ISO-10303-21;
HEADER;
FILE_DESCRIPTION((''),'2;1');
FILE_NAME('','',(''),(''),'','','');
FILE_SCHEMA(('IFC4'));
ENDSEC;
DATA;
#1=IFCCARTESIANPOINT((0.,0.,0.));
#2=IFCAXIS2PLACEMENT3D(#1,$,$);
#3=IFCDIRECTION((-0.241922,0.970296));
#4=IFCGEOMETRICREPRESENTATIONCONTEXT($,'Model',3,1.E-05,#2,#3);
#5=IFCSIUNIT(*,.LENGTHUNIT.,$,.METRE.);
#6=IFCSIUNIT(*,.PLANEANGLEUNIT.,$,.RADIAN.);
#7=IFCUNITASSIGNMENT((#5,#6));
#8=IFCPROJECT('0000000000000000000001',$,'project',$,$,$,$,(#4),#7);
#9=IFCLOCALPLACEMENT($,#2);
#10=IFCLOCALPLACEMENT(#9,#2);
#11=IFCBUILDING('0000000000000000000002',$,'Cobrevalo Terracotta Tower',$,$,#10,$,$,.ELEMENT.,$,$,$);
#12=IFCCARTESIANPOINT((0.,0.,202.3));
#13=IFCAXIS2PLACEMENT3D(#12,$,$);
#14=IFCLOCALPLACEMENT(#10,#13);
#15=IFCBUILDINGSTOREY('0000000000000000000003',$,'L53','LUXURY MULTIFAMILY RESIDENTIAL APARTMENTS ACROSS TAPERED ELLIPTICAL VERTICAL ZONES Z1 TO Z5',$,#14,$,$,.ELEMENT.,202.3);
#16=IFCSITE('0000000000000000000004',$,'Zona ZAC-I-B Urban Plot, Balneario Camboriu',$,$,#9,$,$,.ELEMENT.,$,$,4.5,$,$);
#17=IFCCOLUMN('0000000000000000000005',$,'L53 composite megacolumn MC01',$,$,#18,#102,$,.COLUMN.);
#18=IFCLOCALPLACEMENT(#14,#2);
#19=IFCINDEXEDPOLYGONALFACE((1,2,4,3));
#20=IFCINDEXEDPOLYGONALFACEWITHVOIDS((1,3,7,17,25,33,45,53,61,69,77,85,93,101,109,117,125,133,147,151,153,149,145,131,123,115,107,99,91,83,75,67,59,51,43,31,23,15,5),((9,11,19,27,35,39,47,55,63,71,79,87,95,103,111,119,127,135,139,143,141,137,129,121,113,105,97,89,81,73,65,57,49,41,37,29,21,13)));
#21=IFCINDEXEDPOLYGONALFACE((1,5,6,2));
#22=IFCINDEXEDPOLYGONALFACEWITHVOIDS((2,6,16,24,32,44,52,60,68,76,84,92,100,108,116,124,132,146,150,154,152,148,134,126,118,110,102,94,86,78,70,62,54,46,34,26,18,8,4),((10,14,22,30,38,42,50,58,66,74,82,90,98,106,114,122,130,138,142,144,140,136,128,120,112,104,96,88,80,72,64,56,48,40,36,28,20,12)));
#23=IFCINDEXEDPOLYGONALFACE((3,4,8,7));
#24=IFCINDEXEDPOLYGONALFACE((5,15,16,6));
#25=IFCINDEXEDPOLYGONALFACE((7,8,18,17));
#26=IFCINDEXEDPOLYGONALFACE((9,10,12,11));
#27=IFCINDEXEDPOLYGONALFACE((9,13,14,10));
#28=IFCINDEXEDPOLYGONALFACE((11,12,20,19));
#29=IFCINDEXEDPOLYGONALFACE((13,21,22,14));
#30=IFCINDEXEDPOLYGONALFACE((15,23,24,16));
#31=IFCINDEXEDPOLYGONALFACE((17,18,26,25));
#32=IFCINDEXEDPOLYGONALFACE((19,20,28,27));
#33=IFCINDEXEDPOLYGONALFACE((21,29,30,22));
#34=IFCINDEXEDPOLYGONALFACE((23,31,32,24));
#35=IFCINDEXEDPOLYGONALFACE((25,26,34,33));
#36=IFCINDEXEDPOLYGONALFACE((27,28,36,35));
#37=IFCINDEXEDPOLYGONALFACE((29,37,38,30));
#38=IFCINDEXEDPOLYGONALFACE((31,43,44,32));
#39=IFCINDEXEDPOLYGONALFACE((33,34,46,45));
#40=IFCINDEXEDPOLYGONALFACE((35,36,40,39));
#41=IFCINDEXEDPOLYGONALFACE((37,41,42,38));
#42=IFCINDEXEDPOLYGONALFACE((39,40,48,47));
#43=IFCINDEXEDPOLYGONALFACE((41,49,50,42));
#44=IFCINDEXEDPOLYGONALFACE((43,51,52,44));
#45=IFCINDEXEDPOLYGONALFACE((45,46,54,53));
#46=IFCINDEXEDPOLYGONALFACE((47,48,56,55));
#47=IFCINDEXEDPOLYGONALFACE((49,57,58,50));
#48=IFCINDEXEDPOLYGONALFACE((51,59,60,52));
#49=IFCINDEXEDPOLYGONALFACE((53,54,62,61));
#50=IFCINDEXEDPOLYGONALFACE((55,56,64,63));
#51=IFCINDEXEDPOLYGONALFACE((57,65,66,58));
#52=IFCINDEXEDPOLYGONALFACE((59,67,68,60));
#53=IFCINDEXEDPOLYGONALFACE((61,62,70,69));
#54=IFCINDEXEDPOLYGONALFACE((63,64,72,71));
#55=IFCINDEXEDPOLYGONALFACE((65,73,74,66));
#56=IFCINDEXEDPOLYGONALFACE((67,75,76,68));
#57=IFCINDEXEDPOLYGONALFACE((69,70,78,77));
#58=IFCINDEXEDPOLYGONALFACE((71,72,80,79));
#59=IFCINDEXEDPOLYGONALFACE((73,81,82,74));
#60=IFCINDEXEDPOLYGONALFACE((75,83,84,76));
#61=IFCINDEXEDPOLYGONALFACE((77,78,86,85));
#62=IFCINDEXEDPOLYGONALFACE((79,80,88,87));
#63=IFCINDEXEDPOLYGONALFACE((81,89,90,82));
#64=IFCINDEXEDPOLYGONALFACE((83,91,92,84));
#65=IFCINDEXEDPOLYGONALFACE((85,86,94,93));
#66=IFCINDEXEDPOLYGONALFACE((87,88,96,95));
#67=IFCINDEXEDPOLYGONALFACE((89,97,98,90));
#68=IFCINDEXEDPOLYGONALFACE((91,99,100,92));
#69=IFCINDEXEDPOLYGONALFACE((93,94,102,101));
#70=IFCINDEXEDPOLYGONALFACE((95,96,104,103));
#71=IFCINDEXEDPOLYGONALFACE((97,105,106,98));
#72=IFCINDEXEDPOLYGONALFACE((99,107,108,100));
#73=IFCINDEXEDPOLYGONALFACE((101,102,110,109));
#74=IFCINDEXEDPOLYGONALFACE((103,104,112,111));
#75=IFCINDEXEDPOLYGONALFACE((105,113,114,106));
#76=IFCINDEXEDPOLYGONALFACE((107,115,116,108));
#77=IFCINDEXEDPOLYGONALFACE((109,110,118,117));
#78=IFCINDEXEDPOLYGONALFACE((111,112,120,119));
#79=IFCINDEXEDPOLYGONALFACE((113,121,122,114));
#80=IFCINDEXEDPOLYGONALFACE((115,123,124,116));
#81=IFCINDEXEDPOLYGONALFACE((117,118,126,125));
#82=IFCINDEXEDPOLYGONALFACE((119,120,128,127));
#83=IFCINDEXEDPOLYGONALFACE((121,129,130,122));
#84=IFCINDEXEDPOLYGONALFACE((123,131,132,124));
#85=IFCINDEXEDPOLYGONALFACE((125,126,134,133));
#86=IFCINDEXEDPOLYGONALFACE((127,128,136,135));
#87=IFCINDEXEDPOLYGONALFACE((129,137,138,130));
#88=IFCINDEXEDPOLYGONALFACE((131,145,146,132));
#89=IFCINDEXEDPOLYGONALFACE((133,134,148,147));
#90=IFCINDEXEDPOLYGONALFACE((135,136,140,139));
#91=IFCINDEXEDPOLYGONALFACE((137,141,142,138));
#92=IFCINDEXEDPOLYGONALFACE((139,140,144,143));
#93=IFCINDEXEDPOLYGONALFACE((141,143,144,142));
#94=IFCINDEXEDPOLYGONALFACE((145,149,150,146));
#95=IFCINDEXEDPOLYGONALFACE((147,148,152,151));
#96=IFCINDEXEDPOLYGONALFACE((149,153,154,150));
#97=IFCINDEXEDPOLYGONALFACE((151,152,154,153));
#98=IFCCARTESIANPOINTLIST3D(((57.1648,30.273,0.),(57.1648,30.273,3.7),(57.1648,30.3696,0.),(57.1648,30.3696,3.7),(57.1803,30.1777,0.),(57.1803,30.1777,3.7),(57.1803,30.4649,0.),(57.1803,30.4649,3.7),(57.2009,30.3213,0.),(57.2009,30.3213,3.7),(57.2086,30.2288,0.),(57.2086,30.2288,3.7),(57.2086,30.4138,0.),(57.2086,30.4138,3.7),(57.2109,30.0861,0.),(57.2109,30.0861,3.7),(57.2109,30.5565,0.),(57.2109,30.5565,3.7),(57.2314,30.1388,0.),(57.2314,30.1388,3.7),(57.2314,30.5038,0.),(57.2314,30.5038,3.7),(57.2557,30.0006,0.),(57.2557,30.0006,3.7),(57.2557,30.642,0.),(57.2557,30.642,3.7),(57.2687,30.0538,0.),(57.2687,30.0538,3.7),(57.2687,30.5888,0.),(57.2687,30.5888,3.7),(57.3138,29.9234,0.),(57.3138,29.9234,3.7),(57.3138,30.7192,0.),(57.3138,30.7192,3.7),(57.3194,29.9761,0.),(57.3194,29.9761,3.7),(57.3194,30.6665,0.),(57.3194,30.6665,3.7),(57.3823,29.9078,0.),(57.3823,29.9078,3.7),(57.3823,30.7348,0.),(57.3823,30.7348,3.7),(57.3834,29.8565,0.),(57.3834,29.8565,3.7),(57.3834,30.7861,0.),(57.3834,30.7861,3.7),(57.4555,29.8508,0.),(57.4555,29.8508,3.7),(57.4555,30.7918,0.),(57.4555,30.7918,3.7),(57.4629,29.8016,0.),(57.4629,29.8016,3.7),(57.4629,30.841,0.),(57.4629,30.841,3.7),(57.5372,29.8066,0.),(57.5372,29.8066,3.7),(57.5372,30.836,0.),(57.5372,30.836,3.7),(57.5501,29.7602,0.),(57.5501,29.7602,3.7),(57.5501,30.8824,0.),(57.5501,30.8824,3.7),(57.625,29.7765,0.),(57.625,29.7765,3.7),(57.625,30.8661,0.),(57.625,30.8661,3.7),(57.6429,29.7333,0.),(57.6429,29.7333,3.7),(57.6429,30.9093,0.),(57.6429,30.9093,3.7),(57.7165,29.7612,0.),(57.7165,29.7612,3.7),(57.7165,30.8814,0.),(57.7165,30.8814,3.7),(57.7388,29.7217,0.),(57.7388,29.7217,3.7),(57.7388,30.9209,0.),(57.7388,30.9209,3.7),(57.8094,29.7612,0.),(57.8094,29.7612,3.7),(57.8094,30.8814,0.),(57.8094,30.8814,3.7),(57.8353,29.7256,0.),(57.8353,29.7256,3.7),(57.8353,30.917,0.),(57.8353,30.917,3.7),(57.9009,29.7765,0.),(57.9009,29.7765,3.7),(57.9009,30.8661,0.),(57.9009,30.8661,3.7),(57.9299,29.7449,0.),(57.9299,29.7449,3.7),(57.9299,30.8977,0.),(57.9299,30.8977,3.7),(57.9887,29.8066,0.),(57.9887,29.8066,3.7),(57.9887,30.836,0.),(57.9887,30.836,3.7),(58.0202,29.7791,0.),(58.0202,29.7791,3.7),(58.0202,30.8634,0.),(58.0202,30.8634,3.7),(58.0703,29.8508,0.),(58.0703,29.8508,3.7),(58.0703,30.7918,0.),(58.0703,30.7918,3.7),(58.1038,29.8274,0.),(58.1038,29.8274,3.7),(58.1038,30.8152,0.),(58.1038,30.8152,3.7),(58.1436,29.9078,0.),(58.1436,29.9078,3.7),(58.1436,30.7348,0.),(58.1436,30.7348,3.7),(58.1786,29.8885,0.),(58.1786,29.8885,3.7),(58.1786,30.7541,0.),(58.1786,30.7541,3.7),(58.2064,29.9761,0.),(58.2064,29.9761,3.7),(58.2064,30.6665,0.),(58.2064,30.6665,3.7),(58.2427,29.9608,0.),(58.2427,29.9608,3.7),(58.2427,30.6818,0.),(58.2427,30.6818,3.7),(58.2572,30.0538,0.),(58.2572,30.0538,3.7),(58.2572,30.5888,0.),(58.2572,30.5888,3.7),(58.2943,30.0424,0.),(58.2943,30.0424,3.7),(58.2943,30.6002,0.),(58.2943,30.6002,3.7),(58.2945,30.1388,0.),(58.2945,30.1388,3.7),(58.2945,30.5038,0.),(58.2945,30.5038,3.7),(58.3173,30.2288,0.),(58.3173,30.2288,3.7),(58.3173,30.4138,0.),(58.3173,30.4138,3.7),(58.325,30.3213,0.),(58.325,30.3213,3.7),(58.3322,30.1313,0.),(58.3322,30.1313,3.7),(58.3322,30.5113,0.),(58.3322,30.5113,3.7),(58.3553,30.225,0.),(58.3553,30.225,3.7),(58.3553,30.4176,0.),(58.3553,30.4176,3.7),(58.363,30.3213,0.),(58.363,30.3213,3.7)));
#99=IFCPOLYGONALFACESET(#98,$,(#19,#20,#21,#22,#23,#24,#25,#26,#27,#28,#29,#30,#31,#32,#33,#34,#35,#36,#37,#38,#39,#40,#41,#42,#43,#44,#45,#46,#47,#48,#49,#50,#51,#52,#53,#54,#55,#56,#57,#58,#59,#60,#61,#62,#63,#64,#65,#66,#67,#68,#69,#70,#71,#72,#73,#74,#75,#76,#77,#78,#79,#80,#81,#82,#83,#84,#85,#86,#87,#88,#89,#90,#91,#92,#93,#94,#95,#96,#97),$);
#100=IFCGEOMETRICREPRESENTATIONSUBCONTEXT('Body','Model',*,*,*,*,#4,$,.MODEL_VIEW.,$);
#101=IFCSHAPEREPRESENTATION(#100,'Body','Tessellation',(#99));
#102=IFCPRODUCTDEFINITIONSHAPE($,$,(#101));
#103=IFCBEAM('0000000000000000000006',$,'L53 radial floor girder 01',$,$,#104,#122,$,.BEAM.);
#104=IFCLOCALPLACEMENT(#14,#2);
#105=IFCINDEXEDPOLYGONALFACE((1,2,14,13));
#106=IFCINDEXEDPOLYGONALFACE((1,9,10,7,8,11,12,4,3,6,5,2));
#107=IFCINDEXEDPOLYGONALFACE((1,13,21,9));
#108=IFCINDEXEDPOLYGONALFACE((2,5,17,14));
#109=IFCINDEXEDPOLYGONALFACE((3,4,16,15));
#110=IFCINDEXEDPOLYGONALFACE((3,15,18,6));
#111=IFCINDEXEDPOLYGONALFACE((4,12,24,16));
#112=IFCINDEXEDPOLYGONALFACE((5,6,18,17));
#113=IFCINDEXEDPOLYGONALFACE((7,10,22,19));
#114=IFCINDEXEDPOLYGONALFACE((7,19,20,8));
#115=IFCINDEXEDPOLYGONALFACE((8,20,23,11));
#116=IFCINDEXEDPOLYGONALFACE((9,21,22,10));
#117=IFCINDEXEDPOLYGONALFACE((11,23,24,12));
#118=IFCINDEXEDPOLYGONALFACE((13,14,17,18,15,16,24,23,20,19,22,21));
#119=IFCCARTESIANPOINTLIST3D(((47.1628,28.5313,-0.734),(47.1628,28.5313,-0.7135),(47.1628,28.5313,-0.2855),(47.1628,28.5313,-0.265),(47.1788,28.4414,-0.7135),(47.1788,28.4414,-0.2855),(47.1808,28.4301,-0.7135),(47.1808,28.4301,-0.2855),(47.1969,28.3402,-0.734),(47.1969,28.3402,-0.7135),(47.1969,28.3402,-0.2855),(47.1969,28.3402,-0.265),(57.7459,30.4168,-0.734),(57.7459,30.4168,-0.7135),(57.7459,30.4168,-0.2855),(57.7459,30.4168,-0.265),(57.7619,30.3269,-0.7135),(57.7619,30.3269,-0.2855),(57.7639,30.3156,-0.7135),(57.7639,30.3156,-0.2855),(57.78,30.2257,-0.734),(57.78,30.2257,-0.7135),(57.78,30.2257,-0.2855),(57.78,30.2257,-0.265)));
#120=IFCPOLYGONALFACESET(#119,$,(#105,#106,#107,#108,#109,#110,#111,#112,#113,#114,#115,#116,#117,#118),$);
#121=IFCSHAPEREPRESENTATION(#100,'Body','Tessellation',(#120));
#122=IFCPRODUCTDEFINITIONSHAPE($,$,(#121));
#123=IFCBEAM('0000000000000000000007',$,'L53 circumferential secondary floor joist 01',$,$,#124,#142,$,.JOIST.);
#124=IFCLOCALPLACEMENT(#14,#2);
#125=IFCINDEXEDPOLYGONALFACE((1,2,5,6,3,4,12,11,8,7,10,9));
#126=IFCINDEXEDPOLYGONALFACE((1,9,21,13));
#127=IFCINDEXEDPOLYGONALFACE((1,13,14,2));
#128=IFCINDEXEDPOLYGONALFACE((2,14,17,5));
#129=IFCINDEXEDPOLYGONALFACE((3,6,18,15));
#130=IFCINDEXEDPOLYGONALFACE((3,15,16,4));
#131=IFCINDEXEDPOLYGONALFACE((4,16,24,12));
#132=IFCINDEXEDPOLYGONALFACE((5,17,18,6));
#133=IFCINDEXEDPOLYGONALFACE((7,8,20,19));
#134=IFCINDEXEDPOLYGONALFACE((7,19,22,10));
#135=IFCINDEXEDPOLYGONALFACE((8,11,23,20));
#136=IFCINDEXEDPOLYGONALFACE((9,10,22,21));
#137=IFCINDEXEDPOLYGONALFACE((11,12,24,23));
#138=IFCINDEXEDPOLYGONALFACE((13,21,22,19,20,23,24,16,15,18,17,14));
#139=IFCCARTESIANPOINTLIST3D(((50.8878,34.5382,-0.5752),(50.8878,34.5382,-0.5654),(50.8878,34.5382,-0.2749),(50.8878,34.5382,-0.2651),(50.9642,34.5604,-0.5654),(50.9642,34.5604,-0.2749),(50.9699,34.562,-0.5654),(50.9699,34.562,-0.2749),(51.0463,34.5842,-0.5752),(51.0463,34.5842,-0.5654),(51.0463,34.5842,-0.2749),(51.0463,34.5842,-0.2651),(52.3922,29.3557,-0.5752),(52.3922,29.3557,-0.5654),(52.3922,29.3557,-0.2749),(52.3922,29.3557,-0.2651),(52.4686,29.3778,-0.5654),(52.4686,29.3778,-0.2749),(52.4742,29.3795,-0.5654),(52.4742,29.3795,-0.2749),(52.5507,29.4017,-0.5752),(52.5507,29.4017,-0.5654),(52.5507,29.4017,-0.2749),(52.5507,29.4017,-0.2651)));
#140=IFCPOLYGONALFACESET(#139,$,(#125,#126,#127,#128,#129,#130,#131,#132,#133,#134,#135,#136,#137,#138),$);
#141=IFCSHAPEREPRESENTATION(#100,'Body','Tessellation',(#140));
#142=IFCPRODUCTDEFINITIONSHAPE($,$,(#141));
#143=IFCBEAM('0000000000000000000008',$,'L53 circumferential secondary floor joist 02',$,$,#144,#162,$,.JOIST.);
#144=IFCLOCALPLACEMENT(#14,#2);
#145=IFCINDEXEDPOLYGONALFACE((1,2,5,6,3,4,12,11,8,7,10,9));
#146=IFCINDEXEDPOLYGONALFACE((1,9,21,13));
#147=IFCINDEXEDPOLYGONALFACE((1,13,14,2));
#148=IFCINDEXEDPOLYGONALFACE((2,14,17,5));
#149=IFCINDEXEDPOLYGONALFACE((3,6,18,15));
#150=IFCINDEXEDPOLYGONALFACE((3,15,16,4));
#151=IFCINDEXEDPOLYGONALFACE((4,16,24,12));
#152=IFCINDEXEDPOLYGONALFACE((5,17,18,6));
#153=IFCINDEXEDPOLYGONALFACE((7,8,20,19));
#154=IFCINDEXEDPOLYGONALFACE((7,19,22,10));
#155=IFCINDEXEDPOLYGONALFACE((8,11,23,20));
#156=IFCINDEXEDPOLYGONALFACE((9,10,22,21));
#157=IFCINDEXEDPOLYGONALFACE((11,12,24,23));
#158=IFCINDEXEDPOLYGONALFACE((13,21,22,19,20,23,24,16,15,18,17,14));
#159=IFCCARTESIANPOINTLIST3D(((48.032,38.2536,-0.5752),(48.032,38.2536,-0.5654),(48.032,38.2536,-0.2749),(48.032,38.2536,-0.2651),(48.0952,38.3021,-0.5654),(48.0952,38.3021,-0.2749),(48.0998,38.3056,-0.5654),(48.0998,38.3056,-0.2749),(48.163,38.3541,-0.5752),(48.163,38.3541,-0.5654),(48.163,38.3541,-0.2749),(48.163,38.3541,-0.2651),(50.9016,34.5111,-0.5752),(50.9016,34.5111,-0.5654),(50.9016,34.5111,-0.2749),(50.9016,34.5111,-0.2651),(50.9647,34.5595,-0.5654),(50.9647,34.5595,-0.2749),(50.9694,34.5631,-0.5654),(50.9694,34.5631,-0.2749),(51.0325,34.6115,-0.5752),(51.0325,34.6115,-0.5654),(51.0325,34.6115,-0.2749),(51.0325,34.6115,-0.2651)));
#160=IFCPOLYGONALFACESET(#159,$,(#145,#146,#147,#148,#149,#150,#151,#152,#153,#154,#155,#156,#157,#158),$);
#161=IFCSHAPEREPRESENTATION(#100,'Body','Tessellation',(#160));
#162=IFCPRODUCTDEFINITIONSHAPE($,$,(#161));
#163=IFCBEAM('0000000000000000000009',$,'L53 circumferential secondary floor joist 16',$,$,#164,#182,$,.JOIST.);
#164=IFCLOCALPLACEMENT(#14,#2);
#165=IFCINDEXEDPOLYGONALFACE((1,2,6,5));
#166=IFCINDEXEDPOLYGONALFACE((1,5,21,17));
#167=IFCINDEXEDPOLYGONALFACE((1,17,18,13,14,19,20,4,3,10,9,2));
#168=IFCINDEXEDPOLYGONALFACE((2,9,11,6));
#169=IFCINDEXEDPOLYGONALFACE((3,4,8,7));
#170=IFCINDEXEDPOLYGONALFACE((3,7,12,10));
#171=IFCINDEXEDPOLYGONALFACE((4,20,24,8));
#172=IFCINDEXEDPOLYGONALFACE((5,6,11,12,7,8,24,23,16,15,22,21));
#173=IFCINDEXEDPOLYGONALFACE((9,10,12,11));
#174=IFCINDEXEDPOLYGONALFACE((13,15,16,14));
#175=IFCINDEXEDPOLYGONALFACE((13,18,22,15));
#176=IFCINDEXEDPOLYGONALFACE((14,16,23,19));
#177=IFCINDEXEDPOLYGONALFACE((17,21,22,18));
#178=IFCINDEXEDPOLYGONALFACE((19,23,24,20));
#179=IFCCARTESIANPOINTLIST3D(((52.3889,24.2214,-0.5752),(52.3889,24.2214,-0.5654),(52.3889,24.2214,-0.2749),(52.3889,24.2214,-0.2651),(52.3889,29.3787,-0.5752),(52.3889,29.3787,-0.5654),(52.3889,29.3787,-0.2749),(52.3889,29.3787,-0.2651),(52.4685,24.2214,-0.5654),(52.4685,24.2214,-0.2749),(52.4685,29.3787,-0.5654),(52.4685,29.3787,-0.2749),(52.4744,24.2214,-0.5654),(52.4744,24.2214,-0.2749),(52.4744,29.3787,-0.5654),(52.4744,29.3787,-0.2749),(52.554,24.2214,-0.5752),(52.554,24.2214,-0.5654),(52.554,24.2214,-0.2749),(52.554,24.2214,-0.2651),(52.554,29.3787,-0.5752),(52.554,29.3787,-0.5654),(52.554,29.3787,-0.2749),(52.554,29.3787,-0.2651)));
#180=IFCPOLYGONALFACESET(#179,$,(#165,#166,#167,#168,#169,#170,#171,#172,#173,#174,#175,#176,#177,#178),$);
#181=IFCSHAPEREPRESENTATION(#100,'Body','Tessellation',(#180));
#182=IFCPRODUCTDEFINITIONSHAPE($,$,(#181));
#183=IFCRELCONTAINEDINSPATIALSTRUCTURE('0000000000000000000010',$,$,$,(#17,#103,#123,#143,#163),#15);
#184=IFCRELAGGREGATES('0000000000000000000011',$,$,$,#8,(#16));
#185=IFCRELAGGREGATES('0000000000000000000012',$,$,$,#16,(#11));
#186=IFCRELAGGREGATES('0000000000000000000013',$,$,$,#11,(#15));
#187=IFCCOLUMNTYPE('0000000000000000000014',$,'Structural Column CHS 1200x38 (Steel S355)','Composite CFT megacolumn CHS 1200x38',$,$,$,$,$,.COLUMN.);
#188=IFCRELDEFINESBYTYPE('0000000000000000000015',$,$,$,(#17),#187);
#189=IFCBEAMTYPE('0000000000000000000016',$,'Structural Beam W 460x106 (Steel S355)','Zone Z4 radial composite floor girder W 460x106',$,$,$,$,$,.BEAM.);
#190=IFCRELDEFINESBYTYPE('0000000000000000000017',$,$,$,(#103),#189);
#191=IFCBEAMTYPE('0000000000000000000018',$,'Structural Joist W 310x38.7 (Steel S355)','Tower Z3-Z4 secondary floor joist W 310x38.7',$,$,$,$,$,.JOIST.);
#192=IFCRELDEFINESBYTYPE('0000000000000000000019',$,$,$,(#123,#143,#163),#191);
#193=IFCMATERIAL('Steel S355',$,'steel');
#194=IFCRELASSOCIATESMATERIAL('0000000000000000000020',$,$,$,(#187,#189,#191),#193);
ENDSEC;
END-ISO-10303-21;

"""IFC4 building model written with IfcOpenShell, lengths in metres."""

from ifc_helpers import new_model, si_unit, direction, frame, origin, origin_2d, place, context, subcontext, project, spatial, hollow_circle, i_section, extrude, material, material_profile, profile_set, type_object, element, save


model = new_model("IFC4")

# Units and contexts
model_context = context("Model", 3, precision=1e-05, world=origin(), true_north=direction((-0.241922, 0.970296)))
body_context = subcontext(model_context, "Body", "Model", "MODEL_VIEW")
ifc_project = project(units=[si_unit("LENGTHUNIT", "METRE"), si_unit("PLANEANGLEUNIT", "RADIAN")], contexts=[model_context])

# Site, building, storey
site_placement = place(None, origin())
site = spatial("IfcSite", under=ifc_project, at=site_placement, Name="Zona ZAC-I-B Urban Plot, Balneario Camboriu", CompositionType="ELEMENT", RefElevation=4.5)
building_placement = place(site_placement, origin())
building = spatial("IfcBuilding", under=site, at=building_placement, Name="Cobrevalo Terracotta Tower", CompositionType="ELEMENT")
storey_placement = place(building_placement, frame((0.0, 0.0, 202.3)))
storey = spatial("IfcBuildingStorey", under=building, at=storey_placement, Name="L53", Description="LUXURY MULTIFAMILY RESIDENTIAL APARTMENTS ACROSS TAPERED ELLIPTICAL VERTICAL ZONES Z1 TO Z5", CompositionType="ELEMENT", Elevation=202.3)

# Column
ifc_material_1 = material(Name="Steel S355", Category="steel")
ifc_material_profile_1 = material_profile(ifc_material_1, hollow_circle(Radius=0.6001, WallThickness=0.0381, at=origin_2d()), Name="CHS 1200x38")
ifc_profile_set_1 = profile_set([ifc_material_profile_1], Name="Steel S355")
column_type = type_object("IfcColumnType", Name="Structural Column CHS 1200x38 (Steel S355)", Description="Composite CFT megacolumn CHS 1200x38", PredefinedType="COLUMN", material=ifc_profile_set_1)
column_placement = place(storey_placement, frame((57.7629, 30.3213, 0.0), z_axis=(0.0, 0.0, 1.0), x_axis=(1.0, 0.0, 0.0)))
element("IfcColumn", 1, at=column_placement, inside=storey, type_object=column_type, Name="L53 composite megacolumn MC01", PredefinedType="COLUMN", context=body_context, shape_type="SweptSolid", body=[
    extrude(hollow_circle(Radius=0.6001, WallThickness=0.0381, at=origin_2d()), origin(), (0.0, 0.0, 1.0), 3.7),
])

# Beams
ifc_material_profile_2 = material_profile(ifc_material_1, i_section(OverallWidth=0.1941, OverallDepth=0.469, WebThickness=0.0115, FlangeThickness=0.0205, at=origin_2d()), Name="W 460x106")
ifc_profile_set_2 = profile_set([ifc_material_profile_2], Name="Steel S355")
beam_type_1 = type_object("IfcBeamType", Name="Structural Beam W 460x106 (Steel S355)", Description="Zone Z4 radial composite floor girder W 460x106", PredefinedType="BEAM", material=ifc_profile_set_2)
beam_1_placement = place(storey_placement, frame((57.7629, 30.3213, -0.4995), z_axis=(-0.984497, -0.175401, 0.0), x_axis=(0.175401, -0.984497, 0.0)))
element("IfcBeam", 2, at=beam_1_placement, inside=storey, type_object=beam_type_1, Name="L53 radial floor girder 01", PredefinedType="BEAM", context=body_context, shape_type="SweptSolid", body=[
    extrude(i_section(OverallWidth=0.1941, OverallDepth=0.469, WebThickness=0.0115, FlangeThickness=0.0205, at=origin_2d()), origin(), (0.0, 0.0, 1.0), 10.7498),
])
ifc_material_profile_3 = material_profile(ifc_material_1, i_section(OverallWidth=0.165, OverallDepth=0.3101, WebThickness=0.0059, FlangeThickness=0.0098, at=origin_2d()), Name="W 310x38.7")
ifc_profile_set_3 = profile_set([ifc_material_profile_3], Name="Steel S355")
beam_type_2 = type_object("IfcBeamType", Name="Structural Joist W 310x38.7 (Steel S355)", Description="Tower Z3-Z4 secondary floor joist W 310x38.7", PredefinedType="JOIST", material=ifc_profile_set_3)
beam_2_placement = place(storey_placement, frame((52.4714, 29.3787, -0.4202), z_axis=(-0.27877, 0.960358, 0.0), x_axis=(-0.960358, -0.27877, 0.0)))
element("IfcBeam", 3, at=beam_2_placement, inside=storey, type_object=beam_type_2, Name="L53 circumferential secondary floor joist 01", PredefinedType="JOIST", context=body_context, shape_type="SweptSolid", body=[
    extrude(i_section(OverallWidth=0.165, OverallDepth=0.3101, WebThickness=0.0059, FlangeThickness=0.0098, at=origin_2d()), origin(), (0.0, 0.0, 1.0), 5.3965),
])
beam_3_placement = place(storey_placement, frame((50.967, 34.5613, -0.4202), z_axis=(-0.608464, 0.793581, 0.0), x_axis=(-0.793581, -0.608464, 0.0)))
element("IfcBeam", 4, at=beam_3_placement, inside=storey, type_object=beam_type_2, Name="L53 circumferential secondary floor joist 02", PredefinedType="JOIST", context=body_context, shape_type="SweptSolid", body=[
    extrude(i_section(OverallWidth=0.165, OverallDepth=0.3101, WebThickness=0.0059, FlangeThickness=0.0098, at=origin_2d()), origin(), (0.0, 0.0, 1.0), 4.7161),
])
beam_4_placement = place(storey_placement, frame((52.4714, 24.2214, -0.4202), z_axis=(0.0, 1.0, 0.0), x_axis=(-1.0, 0.0, 0.0)))
element("IfcBeam", 5, at=beam_4_placement, inside=storey, type_object=beam_type_2, Name="L53 circumferential secondary floor joist 16", PredefinedType="JOIST", context=body_context, shape_type="SweptSolid", body=[
    extrude(i_section(OverallWidth=0.165, OverallDepth=0.3101, WebThickness=0.0059, FlangeThickness=0.0098, at=origin_2d()), origin(), (0.0, 0.0, 1.0), 5.1572),
])

save(model, "model.ifc")
